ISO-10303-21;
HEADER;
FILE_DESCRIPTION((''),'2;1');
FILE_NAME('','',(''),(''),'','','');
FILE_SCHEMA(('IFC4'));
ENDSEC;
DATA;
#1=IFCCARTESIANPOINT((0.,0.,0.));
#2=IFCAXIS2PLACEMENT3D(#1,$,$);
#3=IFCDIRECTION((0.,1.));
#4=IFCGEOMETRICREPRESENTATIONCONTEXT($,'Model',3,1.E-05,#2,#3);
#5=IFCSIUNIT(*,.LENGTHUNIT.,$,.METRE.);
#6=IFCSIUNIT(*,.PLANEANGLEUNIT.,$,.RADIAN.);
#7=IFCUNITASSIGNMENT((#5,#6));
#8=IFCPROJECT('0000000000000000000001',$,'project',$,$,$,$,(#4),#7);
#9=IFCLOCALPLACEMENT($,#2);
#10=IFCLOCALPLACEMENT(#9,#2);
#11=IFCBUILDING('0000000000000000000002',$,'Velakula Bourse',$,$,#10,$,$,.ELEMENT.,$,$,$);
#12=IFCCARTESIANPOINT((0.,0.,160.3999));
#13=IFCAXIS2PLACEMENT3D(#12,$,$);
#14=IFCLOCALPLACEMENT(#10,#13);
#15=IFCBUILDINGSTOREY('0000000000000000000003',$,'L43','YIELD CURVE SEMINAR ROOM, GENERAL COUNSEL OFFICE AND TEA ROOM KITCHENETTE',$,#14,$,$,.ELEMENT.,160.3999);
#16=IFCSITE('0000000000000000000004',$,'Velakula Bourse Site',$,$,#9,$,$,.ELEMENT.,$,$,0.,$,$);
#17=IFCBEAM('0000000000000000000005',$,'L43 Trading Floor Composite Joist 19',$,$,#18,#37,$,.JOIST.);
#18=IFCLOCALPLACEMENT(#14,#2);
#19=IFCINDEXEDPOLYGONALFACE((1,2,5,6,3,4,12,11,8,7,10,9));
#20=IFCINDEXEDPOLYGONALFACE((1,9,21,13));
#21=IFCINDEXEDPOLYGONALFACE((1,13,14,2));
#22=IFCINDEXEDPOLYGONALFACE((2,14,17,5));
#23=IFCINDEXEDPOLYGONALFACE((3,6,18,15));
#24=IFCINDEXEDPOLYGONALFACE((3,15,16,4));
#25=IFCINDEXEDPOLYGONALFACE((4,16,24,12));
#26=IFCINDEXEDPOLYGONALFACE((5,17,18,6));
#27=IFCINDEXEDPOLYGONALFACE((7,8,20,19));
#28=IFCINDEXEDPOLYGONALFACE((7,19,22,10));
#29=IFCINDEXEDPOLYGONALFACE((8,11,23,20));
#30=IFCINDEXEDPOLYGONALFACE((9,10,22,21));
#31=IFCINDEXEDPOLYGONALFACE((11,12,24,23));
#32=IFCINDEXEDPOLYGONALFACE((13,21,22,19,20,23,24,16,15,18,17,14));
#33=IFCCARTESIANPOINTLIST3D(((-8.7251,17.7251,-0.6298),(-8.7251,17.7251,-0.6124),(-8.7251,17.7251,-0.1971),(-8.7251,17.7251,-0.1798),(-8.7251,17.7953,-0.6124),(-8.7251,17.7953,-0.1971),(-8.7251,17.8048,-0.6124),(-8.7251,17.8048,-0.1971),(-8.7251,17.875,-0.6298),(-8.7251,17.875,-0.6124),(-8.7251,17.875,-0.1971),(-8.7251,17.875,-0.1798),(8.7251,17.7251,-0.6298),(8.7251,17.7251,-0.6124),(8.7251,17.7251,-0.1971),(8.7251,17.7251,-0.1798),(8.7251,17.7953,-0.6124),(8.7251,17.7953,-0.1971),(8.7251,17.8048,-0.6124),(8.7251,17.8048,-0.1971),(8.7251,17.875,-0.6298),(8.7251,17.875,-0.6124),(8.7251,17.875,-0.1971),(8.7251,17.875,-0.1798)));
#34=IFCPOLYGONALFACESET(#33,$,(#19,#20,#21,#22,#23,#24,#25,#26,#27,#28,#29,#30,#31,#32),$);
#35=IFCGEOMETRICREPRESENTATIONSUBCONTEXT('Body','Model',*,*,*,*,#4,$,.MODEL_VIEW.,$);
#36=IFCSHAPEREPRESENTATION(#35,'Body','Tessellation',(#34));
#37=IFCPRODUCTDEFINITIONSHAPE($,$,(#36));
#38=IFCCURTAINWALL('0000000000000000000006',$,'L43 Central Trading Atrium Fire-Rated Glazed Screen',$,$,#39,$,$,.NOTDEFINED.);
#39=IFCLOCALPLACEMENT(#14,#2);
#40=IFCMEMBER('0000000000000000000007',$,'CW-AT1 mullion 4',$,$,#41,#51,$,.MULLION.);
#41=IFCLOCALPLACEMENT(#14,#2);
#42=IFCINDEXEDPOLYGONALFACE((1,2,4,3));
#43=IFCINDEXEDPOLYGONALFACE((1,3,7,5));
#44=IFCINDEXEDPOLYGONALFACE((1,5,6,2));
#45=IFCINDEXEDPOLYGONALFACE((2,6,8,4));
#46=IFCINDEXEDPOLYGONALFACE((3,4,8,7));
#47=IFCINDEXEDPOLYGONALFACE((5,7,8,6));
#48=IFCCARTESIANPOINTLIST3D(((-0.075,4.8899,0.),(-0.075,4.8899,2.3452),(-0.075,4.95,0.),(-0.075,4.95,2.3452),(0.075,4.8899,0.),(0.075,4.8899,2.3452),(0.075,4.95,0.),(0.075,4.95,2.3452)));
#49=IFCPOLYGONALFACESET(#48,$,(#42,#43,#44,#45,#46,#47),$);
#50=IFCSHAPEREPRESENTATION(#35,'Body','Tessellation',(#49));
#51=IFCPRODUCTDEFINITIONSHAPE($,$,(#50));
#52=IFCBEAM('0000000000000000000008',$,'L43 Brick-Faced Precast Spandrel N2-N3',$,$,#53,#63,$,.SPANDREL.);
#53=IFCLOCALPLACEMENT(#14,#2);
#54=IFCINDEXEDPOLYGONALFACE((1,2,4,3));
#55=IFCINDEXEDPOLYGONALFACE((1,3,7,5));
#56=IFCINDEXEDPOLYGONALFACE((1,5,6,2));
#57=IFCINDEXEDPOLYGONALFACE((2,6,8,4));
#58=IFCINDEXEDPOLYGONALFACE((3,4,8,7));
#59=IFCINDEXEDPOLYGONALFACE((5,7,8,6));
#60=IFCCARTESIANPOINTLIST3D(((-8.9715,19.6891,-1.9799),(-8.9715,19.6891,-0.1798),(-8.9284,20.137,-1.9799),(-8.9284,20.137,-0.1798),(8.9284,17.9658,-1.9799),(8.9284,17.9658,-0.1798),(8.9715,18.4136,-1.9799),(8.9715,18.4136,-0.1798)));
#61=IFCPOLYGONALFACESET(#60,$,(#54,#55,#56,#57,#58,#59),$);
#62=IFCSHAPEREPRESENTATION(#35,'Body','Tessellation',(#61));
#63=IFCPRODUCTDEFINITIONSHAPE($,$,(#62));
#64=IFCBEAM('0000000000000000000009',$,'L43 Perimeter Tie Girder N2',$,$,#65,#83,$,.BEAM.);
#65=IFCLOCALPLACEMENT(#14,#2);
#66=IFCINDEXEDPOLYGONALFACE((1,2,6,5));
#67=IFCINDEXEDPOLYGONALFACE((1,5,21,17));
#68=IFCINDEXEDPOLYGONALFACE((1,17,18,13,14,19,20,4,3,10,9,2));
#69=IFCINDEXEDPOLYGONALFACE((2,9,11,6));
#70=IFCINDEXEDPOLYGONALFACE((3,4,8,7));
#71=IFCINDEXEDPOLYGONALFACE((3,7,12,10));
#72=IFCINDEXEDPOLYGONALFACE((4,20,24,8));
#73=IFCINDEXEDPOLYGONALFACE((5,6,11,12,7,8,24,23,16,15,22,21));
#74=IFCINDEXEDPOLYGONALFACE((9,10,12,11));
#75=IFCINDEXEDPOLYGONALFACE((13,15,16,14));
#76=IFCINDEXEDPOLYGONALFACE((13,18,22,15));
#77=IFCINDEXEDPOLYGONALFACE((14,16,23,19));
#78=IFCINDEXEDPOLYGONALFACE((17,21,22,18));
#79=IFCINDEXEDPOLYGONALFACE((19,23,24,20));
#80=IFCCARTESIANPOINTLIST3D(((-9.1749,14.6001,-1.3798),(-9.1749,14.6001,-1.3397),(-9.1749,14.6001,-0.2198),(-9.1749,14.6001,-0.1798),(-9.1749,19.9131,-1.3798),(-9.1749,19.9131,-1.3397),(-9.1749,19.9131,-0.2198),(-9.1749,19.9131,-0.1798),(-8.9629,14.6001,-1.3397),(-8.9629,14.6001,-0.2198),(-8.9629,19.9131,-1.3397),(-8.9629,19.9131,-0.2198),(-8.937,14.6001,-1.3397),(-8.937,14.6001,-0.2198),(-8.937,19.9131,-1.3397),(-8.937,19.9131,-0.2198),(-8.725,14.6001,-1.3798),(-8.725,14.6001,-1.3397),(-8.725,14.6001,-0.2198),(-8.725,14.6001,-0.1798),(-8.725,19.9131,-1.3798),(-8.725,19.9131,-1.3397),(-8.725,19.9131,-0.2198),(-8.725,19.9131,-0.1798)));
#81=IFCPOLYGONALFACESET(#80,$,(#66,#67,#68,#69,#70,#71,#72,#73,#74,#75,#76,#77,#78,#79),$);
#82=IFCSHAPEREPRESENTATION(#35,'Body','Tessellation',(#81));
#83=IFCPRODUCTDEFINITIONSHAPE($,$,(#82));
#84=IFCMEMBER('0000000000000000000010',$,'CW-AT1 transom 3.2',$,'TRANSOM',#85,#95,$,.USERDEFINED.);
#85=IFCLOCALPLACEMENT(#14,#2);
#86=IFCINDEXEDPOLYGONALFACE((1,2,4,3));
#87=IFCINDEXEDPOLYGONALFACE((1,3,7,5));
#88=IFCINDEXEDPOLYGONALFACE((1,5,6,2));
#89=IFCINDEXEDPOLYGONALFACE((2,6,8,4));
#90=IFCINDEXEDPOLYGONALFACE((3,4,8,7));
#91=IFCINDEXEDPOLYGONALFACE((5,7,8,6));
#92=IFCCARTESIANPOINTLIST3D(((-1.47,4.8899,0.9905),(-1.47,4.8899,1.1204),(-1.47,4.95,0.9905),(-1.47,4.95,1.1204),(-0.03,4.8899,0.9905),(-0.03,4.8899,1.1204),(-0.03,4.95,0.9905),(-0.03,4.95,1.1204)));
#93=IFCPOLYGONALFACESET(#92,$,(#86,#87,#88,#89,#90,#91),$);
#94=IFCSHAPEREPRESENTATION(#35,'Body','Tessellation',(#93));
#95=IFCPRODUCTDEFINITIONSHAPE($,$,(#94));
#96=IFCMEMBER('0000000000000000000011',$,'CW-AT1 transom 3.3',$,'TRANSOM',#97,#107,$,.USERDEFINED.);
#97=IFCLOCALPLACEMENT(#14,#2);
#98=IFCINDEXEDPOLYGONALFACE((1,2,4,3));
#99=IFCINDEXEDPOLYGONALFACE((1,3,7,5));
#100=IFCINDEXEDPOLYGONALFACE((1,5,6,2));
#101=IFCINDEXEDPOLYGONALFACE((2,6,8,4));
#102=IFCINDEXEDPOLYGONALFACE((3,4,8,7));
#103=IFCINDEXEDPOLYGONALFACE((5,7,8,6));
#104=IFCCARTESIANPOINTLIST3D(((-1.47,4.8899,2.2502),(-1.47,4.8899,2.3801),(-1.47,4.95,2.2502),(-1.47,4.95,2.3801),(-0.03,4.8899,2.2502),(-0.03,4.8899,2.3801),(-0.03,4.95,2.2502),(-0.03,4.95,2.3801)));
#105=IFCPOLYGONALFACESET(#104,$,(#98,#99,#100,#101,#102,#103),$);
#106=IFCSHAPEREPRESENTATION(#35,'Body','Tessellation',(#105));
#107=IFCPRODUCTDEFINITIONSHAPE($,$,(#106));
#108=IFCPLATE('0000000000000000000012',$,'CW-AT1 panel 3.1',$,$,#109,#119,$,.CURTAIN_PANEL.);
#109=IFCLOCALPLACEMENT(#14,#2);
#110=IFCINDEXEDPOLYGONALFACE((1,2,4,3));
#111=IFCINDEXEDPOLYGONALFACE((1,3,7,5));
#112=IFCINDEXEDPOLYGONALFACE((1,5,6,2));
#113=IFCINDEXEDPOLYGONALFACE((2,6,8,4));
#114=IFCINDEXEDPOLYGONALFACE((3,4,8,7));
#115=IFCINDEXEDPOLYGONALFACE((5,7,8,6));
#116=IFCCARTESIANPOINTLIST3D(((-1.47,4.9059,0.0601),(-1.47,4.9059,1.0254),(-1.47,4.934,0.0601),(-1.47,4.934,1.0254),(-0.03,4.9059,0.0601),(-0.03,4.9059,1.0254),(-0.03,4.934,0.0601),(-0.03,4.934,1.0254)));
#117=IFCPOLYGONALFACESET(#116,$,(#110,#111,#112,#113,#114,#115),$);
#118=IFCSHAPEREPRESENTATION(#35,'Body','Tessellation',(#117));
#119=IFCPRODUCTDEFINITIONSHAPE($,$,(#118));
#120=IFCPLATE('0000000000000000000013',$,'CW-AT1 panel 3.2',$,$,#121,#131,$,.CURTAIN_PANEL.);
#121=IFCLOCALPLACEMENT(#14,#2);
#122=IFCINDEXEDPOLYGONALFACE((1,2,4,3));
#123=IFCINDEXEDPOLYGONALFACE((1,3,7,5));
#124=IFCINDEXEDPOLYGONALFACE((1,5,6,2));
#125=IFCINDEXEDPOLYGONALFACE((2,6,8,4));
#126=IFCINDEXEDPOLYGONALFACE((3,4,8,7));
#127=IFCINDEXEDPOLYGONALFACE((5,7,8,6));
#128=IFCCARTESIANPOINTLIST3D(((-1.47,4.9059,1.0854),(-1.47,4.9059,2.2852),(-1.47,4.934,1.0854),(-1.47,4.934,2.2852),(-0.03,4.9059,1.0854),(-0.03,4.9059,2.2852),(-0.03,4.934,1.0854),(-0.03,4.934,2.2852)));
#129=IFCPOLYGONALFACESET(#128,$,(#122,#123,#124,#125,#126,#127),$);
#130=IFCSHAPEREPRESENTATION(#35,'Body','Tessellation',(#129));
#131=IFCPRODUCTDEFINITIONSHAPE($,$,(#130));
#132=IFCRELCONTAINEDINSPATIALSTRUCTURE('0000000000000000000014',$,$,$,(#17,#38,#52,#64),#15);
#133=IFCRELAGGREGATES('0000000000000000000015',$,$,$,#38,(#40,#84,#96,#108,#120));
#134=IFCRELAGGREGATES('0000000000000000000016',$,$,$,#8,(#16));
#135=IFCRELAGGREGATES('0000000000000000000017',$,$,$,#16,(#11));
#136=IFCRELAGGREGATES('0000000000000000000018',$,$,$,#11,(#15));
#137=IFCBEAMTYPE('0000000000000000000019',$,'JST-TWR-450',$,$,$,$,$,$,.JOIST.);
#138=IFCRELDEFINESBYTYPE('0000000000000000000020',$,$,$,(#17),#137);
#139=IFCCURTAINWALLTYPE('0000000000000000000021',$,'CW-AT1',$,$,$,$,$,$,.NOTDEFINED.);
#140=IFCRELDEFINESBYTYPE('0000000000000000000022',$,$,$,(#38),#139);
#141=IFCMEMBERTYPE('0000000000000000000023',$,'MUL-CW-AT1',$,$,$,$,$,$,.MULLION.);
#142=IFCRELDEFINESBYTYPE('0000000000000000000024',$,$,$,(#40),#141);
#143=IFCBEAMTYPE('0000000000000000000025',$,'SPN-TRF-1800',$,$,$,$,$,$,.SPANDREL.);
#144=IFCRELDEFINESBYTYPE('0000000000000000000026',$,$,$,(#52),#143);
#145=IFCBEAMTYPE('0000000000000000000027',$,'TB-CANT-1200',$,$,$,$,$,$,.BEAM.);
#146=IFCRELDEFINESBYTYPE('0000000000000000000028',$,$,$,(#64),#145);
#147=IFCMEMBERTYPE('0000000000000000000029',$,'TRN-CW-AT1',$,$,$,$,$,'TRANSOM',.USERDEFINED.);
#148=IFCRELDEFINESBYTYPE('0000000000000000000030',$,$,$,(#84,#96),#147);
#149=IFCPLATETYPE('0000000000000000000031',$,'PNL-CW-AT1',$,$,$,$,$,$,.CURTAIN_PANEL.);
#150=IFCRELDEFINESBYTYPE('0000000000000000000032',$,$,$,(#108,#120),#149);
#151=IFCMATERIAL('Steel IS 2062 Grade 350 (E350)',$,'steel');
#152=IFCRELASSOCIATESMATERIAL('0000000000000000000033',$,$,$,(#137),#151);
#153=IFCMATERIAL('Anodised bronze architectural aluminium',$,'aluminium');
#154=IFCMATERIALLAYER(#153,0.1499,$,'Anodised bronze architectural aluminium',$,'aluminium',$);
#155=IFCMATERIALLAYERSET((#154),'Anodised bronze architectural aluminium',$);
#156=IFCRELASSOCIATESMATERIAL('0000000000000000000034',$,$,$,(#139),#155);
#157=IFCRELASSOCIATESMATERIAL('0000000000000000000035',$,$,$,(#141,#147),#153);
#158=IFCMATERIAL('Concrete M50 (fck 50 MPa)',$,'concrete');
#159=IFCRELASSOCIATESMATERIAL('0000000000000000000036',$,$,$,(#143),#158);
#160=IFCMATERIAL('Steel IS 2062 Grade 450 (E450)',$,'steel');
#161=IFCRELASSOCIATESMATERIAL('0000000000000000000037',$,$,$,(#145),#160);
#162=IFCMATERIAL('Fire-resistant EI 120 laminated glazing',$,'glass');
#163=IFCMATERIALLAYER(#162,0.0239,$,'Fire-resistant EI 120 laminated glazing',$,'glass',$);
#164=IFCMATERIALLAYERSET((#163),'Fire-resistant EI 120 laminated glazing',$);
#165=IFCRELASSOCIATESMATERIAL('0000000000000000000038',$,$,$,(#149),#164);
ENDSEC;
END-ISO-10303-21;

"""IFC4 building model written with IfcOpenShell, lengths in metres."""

from ifc_helpers import new_model, si_unit, direction, frame, origin, origin_2d, place, context, subcontext, project, spatial, rectangle, i_section, extrude, material, layer, layer_set, material_profile, profile_set, type_object, element, aggregate, save


model = new_model("IFC4")

# Units and contexts
model_context = context("Model", 3, precision=1e-05, world=origin(), true_north=direction((0.0, 1.0)))
body_context = subcontext(model_context, "Body", "Model", "MODEL_VIEW")
ifc_project = project(units=[si_unit("LENGTHUNIT", "METRE"), si_unit("PLANEANGLEUNIT", "RADIAN")], contexts=[model_context])

# Site, building, storey
site_placement = place(None, origin())
site = spatial("IfcSite", under=ifc_project, at=site_placement, Name="Velakula Bourse Site", CompositionType="ELEMENT", RefElevation=0.0)
building_placement = place(site_placement, origin())
building = spatial("IfcBuilding", under=site, at=building_placement, Name="Velakula Bourse", CompositionType="ELEMENT")
storey_placement = place(building_placement, frame((0.0, 0.0, 160.3999)))
storey = spatial("IfcBuildingStorey", under=building, at=storey_placement, Name="L43", Description="YIELD CURVE SEMINAR ROOM, GENERAL COUNSEL OFFICE AND TEA ROOM KITCHENETTE", CompositionType="ELEMENT", Elevation=160.3999)

# Shared definitions
ifc_material_1 = material(Name="Steel IS 2062 Grade 350 (E350)", Category="steel")

# Beam
ifc_material_profile_1 = material_profile(ifc_material_1, i_section(OverallWidth=0.1499, OverallDepth=0.45, WebThickness=0.0095, FlangeThickness=0.0173, at=origin_2d()), Name="Steel IS 2062 Grade 350 (E350)")
ifc_profile_set_1 = profile_set([ifc_material_profile_1], Name="Steel IS 2062 Grade 350 (E350)")
beam_type_1 = type_object("IfcBeamType", Name="JST-TWR-450", PredefinedType="JOIST", material=ifc_profile_set_1)
beam_1_placement = place(storey_placement, frame((-8.7251, 17.8, -0.4048), z_axis=(1.0, 0.0, 0.0), x_axis=(0.0, 1.0, 0.0)))
element("IfcBeam", 1, at=beam_1_placement, inside=storey, type_object=beam_type_1, Name="L43 Trading Floor Composite Joist 19", PredefinedType="JOIST", context=body_context, shape_type="SweptSolid", body=[
    extrude(i_section(OverallWidth=0.1499, OverallDepth=0.45, WebThickness=0.0095, FlangeThickness=0.0173, at=origin_2d()), origin(), (0.0, 0.0, 1.0), 17.4502),
])

# Curtain wall, member
ifc_material_2 = material(Name="Anodised bronze architectural aluminium", Category="aluminium")
ifc_layer_1 = layer(ifc_material_2, 0.1499, Name="Anodised bronze architectural aluminium", Category="aluminium")
ifc_layer_set_1 = layer_set([ifc_layer_1], Name="Anodised bronze architectural aluminium")
curtain_wall_type = type_object("IfcCurtainWallType", Name="CW-AT1", PredefinedType="NOTDEFINED", material=ifc_layer_set_1)
curtain_wall_placement = place(storey_placement, origin())
curtain_wall = element("IfcCurtainWall", 2, at=curtain_wall_placement, inside=storey, type_object=curtain_wall_type, Name="L43 Central Trading Atrium Fire-Rated Glazed Screen", PredefinedType="NOTDEFINED")
ifc_material_profile_2 = material_profile(ifc_material_2, rectangle(XDim=0.0601, YDim=0.1499, at=origin_2d()), Name="Anodised bronze architectural aluminium")
ifc_profile_set_2 = profile_set([ifc_material_profile_2], Name="Anodised bronze architectural aluminium")
member_type_1 = type_object("IfcMemberType", Name="MUL-CW-AT1", PredefinedType="MULLION", material=ifc_profile_set_2)
member_1_placement = place(storey_placement, frame((0.0, 4.9199, 0.0), z_axis=(0.0, 0.0, 1.0), x_axis=(0.0, 1.0, 0.0)))
member_1 = element("IfcMember", 3, at=member_1_placement, type_object=member_type_1, Name="CW-AT1 mullion 4", PredefinedType="MULLION", context=body_context, shape_type="SweptSolid", body=[
    extrude(rectangle(XDim=0.0601, YDim=0.1499, at=origin_2d()), origin(), (0.0, 0.0, 1.0), 2.3452),
])

# Beams
ifc_material_3 = material(Name="Concrete M50 (fck 50 MPa)", Category="concrete")
ifc_material_profile_3 = material_profile(ifc_material_3, rectangle(XDim=0.45, YDim=1.8, at=origin_2d()), Name="Concrete M50 (fck 50 MPa)")
ifc_profile_set_3 = profile_set([ifc_material_profile_3], Name="Concrete M50 (fck 50 MPa)")
beam_type_2 = type_object("IfcBeamType", Name="SPN-TRF-1800", PredefinedType="SPANDREL", material=ifc_profile_set_3)
beam_2_placement = place(storey_placement, frame((-8.95, 19.9131, -1.0798), z_axis=(0.995397, -0.095836, 0.0), x_axis=(0.095836, 0.995397, 0.0)))
element("IfcBeam", 4, at=beam_2_placement, inside=storey, type_object=beam_type_2, Name="L43 Brick-Faced Precast Spandrel N2-N3", PredefinedType="SPANDREL", context=body_context, shape_type="SweptSolid", body=[
    extrude(rectangle(XDim=0.45, YDim=1.8, at=origin_2d()), origin(), (0.0, 0.0, 1.0), 17.9827),
])
ifc_material_4 = material(Name="Steel IS 2062 Grade 450 (E450)", Category="steel")
ifc_material_profile_4 = material_profile(ifc_material_4, i_section(OverallWidth=0.45, OverallDepth=1.2, WebThickness=0.0259, FlangeThickness=0.04, at=origin_2d()), Name="Steel IS 2062 Grade 450 (E450)")
ifc_profile_set_4 = profile_set([ifc_material_profile_4], Name="Steel IS 2062 Grade 450 (E450)")
beam_type_3 = type_object("IfcBeamType", Name="TB-CANT-1200", PredefinedType="BEAM", material=ifc_profile_set_4)
beam_3_placement = place(storey_placement, frame((-8.95, 14.6001, -0.7798), z_axis=(0.0, 1.0, 0.0), x_axis=(-1.0, 0.0, 0.0)))
element("IfcBeam", 5, at=beam_3_placement, inside=storey, type_object=beam_type_3, Name="L43 Perimeter Tie Girder N2", PredefinedType="BEAM", context=body_context, shape_type="SweptSolid", body=[
    extrude(i_section(OverallWidth=0.45, OverallDepth=1.2, WebThickness=0.0259, FlangeThickness=0.04, at=origin_2d()), origin(), (0.0, 0.0, 1.0), 5.313),
])

# Members
ifc_material_profile_5 = material_profile(ifc_material_2, rectangle(XDim=0.0601, YDim=0.1299, at=origin_2d()), Name="Anodised bronze architectural aluminium")
ifc_profile_set_5 = profile_set([ifc_material_profile_5], Name="Anodised bronze architectural aluminium")
member_type_2 = type_object("IfcMemberType", Name="TRN-CW-AT1", ElementType="TRANSOM", PredefinedType="USERDEFINED", material=ifc_profile_set_5)
member_2_placement = place(storey_placement, frame((-1.47, 4.9199, 1.0554), z_axis=(1.0, 0.0, 0.0), x_axis=(0.0, 1.0, 0.0)))
member_2 = element("IfcMember", 6, at=member_2_placement, type_object=member_type_2, Name="CW-AT1 transom 3.2", ObjectType="TRANSOM", PredefinedType="USERDEFINED", context=body_context, shape_type="SweptSolid", body=[
    extrude(rectangle(XDim=0.0601, YDim=0.1299, at=origin_2d()), origin(), (0.0, 0.0, 1.0), 1.4399),
])
member_3_placement = place(storey_placement, frame((-1.47, 4.9199, 2.3152), z_axis=(1.0, 0.0, 0.0), x_axis=(0.0, 1.0, 0.0)))
member_3 = element("IfcMember", 7, at=member_3_placement, type_object=member_type_2, Name="CW-AT1 transom 3.3", ObjectType="TRANSOM", PredefinedType="USERDEFINED", context=body_context, shape_type="SweptSolid", body=[
    extrude(rectangle(XDim=0.0601, YDim=0.1299, at=origin_2d()), origin(), (0.0, 0.0, 1.0), 1.4399),
])

# Plates
ifc_material_5 = material(Name="Fire-resistant EI 120 laminated glazing", Category="glass")
ifc_layer_2 = layer(ifc_material_5, 0.0239, Name="Fire-resistant EI 120 laminated glazing", Category="glass")
ifc_layer_set_2 = layer_set([ifc_layer_2], Name="Fire-resistant EI 120 laminated glazing")
plate_type = type_object("IfcPlateType", Name="PNL-CW-AT1", PredefinedType="CURTAIN_PANEL", material=ifc_layer_set_2)
plate_1_placement = place(storey_placement, frame((-0.75, 4.9199, 0.0601), z_axis=(0.0, 0.0, 1.0), x_axis=(1.0, 0.0, 0.0)))
plate_1 = element("IfcPlate", 8, at=plate_1_placement, type_object=plate_type, Name="CW-AT1 panel 3.1", PredefinedType="CURTAIN_PANEL", context=body_context, shape_type="SweptSolid", body=[
    extrude(rectangle(XDim=1.4399, YDim=0.0281, at=origin_2d()), origin(), (0.0, 0.0, 1.0), 0.9653),
])
plate_2_placement = place(storey_placement, frame((-0.75, 4.9199, 1.0854), z_axis=(0.0, 0.0, 1.0), x_axis=(1.0, 0.0, 0.0)))
plate_2 = element("IfcPlate", 9, at=plate_2_placement, type_object=plate_type, Name="CW-AT1 panel 3.2", PredefinedType="CURTAIN_PANEL", context=body_context, shape_type="SweptSolid", body=[
    extrude(rectangle(XDim=1.4399, YDim=0.0281, at=origin_2d()), origin(), (0.0, 0.0, 1.0), 1.1997),
])
aggregate(curtain_wall, [member_1, member_2, member_3, plate_1, plate_2])

save(model, "model.ifc")
